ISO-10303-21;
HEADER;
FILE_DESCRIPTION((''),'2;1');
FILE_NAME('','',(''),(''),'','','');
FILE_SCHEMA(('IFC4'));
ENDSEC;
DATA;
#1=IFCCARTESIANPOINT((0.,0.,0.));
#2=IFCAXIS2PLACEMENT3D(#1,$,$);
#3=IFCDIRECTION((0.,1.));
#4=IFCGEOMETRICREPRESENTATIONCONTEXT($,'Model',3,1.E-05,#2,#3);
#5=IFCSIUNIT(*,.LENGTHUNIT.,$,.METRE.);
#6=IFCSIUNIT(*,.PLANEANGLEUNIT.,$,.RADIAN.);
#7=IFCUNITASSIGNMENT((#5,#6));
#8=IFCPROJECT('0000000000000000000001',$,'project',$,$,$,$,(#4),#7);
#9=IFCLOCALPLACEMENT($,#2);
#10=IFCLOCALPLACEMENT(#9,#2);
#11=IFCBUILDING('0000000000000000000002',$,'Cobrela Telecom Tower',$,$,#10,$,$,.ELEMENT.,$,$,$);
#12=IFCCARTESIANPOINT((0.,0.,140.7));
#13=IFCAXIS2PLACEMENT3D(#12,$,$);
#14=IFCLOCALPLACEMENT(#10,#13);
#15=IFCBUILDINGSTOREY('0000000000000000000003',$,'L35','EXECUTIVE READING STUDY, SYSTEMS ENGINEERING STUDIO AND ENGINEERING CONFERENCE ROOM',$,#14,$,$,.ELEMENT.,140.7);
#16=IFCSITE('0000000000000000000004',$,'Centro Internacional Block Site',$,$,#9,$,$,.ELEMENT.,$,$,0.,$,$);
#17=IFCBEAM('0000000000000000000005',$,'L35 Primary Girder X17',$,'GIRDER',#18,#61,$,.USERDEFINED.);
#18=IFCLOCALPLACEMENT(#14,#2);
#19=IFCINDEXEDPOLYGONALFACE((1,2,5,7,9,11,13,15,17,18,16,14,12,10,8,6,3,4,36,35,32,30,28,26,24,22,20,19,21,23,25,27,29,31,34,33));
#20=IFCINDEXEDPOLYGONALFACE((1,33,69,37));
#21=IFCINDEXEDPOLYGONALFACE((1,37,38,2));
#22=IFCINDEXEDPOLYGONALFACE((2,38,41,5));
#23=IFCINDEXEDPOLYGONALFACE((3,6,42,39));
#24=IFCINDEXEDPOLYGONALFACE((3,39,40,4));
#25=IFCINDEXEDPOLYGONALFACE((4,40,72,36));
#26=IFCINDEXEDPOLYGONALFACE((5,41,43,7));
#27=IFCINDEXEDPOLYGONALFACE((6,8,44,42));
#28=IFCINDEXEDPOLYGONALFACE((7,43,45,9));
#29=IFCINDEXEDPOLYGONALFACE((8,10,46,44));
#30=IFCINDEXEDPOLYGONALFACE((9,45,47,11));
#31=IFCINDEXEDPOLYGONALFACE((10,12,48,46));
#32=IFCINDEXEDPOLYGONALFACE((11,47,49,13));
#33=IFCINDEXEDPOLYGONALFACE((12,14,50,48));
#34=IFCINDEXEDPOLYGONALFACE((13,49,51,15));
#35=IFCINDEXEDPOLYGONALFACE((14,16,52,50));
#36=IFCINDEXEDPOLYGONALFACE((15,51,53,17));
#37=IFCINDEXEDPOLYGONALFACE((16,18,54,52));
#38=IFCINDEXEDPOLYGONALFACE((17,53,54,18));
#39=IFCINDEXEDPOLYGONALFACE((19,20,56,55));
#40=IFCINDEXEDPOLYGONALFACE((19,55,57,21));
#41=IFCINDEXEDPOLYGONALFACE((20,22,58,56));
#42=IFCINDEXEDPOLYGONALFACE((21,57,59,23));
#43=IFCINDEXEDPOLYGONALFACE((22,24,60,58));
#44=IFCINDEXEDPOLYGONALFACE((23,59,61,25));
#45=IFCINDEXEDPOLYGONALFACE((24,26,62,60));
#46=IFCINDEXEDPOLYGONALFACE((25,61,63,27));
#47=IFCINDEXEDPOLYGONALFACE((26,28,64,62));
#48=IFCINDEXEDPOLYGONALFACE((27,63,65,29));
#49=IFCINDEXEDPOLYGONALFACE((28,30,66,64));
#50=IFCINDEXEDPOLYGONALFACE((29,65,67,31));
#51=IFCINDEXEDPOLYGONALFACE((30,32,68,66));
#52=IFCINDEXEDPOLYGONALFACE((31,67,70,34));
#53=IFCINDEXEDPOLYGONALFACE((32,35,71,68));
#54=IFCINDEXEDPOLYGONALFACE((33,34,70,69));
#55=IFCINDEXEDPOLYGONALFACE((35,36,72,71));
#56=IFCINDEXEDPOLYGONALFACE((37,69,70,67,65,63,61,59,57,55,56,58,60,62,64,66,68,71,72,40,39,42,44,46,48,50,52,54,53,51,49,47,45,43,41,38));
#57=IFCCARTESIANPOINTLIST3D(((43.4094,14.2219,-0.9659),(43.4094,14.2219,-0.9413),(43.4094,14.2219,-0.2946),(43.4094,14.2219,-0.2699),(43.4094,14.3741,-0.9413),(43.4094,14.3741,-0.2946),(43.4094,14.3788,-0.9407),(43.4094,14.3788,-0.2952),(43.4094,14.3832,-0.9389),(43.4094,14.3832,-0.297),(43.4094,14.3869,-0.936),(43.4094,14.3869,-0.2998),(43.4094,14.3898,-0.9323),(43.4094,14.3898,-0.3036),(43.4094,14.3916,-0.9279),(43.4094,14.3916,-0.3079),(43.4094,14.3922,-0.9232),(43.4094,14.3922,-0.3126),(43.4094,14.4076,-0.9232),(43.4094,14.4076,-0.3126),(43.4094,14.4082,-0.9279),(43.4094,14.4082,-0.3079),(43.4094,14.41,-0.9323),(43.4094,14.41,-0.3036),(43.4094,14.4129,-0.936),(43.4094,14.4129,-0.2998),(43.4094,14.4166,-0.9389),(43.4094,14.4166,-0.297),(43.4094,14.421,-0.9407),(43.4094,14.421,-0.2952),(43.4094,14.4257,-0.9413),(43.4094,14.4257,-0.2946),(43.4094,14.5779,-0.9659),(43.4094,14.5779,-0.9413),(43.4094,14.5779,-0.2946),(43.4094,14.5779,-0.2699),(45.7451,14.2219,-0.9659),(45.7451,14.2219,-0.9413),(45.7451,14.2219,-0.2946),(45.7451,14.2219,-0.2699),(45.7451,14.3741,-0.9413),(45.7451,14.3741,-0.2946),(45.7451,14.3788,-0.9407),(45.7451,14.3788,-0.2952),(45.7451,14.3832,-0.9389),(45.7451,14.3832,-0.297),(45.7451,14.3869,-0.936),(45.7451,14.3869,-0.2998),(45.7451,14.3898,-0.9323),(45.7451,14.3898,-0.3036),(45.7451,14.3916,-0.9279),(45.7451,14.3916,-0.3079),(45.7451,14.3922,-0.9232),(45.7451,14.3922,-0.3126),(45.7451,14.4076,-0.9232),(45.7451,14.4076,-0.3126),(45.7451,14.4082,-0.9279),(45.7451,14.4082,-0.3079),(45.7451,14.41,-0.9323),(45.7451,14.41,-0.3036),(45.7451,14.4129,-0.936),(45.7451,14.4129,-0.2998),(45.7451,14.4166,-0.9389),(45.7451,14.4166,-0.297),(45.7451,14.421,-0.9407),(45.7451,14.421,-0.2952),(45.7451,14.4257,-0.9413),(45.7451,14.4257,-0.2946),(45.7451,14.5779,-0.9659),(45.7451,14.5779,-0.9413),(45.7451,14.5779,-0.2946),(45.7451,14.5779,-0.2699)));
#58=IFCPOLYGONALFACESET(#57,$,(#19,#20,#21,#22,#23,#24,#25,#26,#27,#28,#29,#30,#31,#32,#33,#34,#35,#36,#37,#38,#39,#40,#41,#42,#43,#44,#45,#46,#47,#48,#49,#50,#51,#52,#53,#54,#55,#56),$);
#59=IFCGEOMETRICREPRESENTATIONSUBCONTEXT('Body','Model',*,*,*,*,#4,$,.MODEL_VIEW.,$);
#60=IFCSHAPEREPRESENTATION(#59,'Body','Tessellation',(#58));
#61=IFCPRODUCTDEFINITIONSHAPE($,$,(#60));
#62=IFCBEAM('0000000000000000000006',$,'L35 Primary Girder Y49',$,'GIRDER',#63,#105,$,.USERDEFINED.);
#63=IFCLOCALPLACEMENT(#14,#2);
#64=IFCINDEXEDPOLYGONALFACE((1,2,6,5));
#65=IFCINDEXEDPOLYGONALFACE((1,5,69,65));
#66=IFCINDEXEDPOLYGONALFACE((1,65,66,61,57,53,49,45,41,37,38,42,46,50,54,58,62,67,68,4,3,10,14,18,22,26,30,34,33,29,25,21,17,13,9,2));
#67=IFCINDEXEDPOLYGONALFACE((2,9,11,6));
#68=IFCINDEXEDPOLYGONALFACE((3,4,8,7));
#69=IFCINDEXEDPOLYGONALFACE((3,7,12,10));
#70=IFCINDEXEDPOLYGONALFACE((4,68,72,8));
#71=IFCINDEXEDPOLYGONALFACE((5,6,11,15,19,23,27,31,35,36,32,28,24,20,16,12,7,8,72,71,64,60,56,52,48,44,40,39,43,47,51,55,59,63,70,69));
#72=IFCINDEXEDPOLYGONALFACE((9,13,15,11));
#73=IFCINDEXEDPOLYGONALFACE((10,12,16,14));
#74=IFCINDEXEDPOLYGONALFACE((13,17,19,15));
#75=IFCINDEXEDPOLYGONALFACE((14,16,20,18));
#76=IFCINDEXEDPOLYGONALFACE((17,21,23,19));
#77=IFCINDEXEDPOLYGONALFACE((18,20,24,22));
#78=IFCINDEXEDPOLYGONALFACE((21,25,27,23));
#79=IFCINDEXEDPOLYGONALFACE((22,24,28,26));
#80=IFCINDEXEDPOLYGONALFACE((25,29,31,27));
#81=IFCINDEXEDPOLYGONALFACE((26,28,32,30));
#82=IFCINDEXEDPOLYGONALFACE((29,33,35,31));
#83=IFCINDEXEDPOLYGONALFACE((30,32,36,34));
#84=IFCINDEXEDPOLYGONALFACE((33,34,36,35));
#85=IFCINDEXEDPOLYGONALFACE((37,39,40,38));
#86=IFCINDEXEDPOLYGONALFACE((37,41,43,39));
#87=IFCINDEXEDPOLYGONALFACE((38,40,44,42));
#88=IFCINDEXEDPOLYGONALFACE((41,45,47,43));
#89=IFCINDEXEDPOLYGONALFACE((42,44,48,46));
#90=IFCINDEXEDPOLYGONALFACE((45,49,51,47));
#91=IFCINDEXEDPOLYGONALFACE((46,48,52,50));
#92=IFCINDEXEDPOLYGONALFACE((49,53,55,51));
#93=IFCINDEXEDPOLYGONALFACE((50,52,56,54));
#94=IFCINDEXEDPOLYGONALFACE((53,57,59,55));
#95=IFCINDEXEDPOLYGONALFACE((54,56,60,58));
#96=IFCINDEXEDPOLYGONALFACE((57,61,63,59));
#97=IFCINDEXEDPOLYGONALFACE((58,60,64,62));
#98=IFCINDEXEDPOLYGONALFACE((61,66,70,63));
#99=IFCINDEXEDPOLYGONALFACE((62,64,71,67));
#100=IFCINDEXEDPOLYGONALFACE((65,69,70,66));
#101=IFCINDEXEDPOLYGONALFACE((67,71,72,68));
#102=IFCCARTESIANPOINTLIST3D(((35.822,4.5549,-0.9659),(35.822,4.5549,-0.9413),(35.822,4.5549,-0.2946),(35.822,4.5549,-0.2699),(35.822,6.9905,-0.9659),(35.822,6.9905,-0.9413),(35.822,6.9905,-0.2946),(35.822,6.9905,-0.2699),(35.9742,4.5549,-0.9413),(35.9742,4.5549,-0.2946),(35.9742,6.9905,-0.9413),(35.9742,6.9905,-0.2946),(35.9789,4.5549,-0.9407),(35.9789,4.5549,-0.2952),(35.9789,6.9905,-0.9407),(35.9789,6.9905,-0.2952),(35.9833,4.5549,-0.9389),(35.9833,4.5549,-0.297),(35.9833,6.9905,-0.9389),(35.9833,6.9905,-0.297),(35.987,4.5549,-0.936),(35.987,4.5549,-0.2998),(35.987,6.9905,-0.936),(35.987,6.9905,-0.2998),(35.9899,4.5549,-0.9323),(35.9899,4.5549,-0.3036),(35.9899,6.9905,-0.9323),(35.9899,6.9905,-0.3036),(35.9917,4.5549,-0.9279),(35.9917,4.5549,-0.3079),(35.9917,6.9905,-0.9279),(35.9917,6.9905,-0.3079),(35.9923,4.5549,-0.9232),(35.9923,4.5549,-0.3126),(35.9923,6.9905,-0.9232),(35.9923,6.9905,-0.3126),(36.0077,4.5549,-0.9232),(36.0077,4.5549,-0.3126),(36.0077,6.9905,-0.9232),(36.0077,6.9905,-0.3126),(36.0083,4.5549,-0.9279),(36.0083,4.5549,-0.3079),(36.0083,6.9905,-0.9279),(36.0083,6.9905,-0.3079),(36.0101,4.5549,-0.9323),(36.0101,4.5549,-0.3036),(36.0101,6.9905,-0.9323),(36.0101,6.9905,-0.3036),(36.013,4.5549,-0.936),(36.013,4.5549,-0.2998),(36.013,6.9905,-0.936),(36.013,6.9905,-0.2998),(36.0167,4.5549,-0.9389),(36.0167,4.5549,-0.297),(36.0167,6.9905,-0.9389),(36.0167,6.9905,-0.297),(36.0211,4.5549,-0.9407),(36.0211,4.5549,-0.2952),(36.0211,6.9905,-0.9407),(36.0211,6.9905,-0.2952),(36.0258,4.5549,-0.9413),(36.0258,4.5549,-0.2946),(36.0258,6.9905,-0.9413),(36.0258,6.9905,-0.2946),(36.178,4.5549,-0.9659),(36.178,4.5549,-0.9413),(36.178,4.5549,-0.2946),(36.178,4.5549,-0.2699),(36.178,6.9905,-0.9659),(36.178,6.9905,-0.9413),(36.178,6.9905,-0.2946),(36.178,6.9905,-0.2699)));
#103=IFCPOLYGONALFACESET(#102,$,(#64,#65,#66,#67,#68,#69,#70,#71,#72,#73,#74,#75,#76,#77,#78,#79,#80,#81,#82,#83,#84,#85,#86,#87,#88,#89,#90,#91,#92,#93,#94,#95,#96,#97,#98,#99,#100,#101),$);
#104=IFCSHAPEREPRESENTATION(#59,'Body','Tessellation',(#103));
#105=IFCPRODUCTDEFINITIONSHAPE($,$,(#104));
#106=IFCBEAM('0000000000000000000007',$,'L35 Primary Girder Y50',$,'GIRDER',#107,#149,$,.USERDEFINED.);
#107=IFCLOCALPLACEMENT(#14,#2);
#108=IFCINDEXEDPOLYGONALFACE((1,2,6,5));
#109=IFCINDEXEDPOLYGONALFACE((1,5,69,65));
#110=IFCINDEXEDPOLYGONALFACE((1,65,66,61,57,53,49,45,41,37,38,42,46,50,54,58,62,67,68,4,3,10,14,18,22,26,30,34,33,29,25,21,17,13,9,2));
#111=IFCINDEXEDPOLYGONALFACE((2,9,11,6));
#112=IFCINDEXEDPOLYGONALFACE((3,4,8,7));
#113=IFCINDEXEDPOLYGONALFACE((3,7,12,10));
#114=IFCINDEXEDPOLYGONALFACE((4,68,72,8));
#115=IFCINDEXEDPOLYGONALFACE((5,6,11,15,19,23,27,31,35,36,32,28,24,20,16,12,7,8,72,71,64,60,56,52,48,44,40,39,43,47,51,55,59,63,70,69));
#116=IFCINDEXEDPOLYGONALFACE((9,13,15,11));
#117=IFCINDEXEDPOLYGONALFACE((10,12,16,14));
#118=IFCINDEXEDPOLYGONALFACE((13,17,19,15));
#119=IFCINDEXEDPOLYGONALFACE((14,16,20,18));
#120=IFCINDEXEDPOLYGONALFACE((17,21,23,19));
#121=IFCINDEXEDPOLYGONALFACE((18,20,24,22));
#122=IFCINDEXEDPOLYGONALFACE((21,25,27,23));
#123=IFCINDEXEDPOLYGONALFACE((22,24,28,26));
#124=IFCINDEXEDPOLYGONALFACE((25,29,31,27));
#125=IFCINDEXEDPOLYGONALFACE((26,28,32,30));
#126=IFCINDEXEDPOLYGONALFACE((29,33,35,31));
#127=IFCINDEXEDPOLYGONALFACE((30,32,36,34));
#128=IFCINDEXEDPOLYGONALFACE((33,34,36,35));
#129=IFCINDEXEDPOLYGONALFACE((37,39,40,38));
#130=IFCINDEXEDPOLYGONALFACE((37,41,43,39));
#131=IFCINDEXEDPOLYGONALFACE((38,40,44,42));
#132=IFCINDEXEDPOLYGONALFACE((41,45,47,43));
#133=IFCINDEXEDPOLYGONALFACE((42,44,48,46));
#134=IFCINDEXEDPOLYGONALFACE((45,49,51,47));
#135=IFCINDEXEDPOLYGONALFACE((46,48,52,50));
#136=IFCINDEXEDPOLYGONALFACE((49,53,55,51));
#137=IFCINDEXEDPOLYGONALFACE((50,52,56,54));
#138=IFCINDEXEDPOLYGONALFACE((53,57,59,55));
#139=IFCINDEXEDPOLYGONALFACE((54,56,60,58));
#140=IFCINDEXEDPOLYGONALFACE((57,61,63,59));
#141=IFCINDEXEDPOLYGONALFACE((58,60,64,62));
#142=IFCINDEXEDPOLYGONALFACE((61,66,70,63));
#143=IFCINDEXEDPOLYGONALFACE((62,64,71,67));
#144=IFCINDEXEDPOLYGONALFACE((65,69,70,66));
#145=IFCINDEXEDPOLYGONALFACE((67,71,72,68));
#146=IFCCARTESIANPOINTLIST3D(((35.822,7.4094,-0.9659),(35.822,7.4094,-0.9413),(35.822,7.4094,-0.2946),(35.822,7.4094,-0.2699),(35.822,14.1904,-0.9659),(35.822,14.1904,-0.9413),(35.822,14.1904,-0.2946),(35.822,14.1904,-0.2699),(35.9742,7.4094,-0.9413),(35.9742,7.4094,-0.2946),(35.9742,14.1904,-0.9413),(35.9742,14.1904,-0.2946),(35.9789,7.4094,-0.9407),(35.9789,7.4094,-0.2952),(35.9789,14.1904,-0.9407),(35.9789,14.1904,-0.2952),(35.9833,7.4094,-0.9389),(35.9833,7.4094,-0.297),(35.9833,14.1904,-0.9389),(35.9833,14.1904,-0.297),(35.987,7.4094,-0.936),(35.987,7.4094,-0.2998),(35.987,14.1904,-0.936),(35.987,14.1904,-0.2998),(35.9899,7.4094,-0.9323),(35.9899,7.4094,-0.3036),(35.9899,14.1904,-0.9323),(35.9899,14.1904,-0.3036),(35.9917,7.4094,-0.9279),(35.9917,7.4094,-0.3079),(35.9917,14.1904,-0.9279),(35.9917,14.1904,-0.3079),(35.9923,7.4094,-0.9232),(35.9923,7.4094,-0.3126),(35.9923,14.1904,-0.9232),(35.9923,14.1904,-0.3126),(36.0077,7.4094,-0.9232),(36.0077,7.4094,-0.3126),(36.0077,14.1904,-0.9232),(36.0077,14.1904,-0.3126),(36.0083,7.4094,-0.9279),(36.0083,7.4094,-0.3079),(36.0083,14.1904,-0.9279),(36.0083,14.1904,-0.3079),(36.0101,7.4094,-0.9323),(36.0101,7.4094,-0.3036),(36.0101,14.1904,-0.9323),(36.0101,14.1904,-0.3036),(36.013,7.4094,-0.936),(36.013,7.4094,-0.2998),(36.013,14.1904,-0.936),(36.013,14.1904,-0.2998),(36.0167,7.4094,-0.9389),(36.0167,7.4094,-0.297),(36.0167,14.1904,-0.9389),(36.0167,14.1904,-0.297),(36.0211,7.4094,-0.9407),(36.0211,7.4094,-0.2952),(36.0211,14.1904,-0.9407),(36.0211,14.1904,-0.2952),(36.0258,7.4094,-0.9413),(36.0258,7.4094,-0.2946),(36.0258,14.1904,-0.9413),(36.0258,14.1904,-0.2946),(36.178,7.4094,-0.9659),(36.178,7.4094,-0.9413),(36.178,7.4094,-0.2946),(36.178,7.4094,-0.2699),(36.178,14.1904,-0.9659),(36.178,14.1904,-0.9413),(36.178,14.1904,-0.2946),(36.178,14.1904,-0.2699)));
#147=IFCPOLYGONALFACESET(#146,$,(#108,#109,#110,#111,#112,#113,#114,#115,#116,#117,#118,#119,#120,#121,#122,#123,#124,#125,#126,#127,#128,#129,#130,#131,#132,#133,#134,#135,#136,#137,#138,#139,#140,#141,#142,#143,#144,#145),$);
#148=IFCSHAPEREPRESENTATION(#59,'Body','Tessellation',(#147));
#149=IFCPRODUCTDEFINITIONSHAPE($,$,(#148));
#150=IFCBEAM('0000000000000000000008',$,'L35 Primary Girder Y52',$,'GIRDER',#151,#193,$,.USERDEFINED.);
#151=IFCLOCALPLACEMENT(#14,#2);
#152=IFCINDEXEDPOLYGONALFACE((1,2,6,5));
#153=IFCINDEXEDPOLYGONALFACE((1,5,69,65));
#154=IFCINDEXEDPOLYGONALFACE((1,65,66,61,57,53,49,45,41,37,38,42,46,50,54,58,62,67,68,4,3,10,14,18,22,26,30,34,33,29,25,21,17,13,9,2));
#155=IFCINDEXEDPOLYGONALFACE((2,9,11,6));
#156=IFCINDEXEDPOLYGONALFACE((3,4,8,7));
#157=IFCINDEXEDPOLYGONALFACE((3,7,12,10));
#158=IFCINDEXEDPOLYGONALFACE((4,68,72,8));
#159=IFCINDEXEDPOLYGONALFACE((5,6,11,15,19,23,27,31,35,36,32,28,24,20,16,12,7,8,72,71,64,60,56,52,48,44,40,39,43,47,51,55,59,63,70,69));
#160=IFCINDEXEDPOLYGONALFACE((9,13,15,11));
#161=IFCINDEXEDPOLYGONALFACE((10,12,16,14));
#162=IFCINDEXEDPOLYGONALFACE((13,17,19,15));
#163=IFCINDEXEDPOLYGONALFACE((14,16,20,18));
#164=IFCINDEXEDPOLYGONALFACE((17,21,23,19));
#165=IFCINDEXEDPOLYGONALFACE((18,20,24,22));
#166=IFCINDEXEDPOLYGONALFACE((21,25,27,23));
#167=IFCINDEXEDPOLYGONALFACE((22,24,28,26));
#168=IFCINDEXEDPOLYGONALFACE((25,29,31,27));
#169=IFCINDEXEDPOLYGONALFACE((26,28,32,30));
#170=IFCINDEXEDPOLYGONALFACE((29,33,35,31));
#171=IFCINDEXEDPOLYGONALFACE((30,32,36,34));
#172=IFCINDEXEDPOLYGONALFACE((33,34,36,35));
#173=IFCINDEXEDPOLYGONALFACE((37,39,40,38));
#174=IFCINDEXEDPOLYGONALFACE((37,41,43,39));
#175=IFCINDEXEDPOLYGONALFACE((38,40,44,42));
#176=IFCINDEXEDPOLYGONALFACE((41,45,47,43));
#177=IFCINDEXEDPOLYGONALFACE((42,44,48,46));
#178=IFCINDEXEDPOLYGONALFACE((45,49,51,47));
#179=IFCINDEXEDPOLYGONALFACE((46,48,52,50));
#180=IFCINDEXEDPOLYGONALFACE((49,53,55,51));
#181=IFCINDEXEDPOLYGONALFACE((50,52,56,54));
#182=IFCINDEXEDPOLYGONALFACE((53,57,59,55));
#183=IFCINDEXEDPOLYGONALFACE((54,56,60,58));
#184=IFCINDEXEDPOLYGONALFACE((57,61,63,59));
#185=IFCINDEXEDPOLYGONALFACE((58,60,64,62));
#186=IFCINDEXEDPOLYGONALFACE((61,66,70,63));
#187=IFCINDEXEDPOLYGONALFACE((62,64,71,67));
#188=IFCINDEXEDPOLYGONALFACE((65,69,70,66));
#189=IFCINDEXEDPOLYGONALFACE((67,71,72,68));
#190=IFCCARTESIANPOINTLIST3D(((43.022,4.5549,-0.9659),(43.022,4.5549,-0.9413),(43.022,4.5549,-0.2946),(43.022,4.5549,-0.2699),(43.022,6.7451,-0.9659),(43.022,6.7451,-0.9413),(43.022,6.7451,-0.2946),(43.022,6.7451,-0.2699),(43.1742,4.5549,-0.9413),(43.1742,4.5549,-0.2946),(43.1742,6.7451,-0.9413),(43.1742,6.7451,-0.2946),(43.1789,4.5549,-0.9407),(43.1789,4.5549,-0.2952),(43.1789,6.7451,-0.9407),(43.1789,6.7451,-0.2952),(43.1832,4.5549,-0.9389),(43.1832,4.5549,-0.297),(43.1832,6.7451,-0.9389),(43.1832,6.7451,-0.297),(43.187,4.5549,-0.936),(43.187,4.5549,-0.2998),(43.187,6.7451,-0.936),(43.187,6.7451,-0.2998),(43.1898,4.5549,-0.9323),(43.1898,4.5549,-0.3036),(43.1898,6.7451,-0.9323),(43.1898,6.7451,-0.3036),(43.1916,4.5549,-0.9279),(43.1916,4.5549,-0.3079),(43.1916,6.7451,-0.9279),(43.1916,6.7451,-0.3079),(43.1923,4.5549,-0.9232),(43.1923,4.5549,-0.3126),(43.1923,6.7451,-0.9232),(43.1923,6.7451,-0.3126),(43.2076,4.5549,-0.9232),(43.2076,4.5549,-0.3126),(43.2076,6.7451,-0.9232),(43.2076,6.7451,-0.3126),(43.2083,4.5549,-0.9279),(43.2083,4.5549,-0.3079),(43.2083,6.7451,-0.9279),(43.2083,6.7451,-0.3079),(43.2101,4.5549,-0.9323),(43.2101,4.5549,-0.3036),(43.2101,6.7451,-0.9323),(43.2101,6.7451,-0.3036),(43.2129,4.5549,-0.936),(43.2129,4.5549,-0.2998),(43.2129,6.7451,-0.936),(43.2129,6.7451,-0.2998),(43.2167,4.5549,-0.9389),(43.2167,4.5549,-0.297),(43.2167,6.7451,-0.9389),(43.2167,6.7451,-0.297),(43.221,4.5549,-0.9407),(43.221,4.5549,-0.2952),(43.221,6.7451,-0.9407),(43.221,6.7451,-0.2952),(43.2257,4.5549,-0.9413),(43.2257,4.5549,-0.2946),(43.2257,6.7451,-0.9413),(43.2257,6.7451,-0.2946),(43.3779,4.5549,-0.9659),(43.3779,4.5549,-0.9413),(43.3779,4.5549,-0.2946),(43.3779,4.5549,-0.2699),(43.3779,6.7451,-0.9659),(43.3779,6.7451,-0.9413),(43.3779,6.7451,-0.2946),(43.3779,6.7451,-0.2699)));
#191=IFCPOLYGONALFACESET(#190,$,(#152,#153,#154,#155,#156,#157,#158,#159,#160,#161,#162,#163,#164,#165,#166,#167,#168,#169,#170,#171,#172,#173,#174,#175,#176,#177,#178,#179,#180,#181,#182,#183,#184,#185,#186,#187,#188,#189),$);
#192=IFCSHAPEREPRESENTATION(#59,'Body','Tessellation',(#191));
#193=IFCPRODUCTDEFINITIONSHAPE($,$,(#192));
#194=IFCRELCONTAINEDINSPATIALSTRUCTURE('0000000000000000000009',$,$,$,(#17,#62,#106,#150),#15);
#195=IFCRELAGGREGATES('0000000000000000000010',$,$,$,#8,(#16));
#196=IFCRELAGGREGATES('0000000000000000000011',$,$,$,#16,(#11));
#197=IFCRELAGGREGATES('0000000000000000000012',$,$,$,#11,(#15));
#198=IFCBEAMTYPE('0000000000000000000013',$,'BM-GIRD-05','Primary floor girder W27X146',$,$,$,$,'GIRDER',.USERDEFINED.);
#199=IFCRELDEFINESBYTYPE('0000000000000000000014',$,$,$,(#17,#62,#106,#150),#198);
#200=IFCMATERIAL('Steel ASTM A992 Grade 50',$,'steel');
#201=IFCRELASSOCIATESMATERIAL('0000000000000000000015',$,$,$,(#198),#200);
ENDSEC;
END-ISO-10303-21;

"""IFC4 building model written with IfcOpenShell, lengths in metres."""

from ifc_helpers import new_model, si_unit, direction, frame, origin, origin_2d, place, context, subcontext, project, spatial, i_section, extrude, material, material_profile, profile_set, type_object, element, save


model = new_model("IFC4")

# Units and contexts
model_context = context("Model", 3, precision=1e-05, world=origin(), true_north=direction((0.0, 1.0)))
body_context = subcontext(model_context, "Body", "Model", "MODEL_VIEW")
ifc_project = project(units=[si_unit("LENGTHUNIT", "METRE"), si_unit("PLANEANGLEUNIT", "RADIAN")], contexts=[model_context])

# Site, building, storey
site_placement = place(None, origin())
site = spatial("IfcSite", under=ifc_project, at=site_placement, Name="Centro Internacional Block Site", CompositionType="ELEMENT", RefElevation=0.0)
building_placement = place(site_placement, origin())
building = spatial("IfcBuilding", under=site, at=building_placement, Name="Cobrela Telecom Tower", CompositionType="ELEMENT")
storey_placement = place(building_placement, frame((0.0, 0.0, 140.7)))
storey = spatial("IfcBuildingStorey", under=building, at=storey_placement, Name="L35", Description="EXECUTIVE READING STUDY, SYSTEMS ENGINEERING STUDIO AND ENGINEERING CONFERENCE ROOM", CompositionType="ELEMENT", Elevation=140.7)

# Shared definitions
ifc_material_1 = material(Name="Steel ASTM A992 Grade 50", Category="steel")

# Beams
ifc_material_profile_1 = material_profile(ifc_material_1, i_section(OverallWidth=0.356, OverallDepth=0.696, WebThickness=0.0154, FlangeThickness=0.0247, FilletRadius=0.0181, at=origin_2d()), Name="W27X146")
ifc_profile_set_1 = profile_set([ifc_material_profile_1], Name="Steel ASTM A992 Grade 50")
beam_type_1 = type_object("IfcBeamType", Name="BM-GIRD-05", Description="Primary floor girder W27X146", ElementType="GIRDER", PredefinedType="USERDEFINED", material=ifc_profile_set_1)
beam_1_placement = place(storey_placement, frame((43.4094, 14.3999, -0.6179), z_axis=(1.0, 0.0, 0.0), x_axis=(0.0, 1.0, 0.0)))
element("IfcBeam", 1, at=beam_1_placement, inside=storey, type_object=beam_type_1, Name="L35 Primary Girder X17", ObjectType="GIRDER", PredefinedType="USERDEFINED", context=body_context, shape_type="SweptSolid", body=[
    extrude(i_section(OverallWidth=0.356, OverallDepth=0.696, WebThickness=0.0154, FlangeThickness=0.0247, FilletRadius=0.0181, at=origin_2d()), origin(), (0.0, 0.0, 1.0), 2.3357),
])
beam_2_placement = place(storey_placement, frame((36.0, 4.5549, -0.6179), z_axis=(0.0, 1.0, 0.0), x_axis=(-1.0, 0.0, 0.0)))
element("IfcBeam", 2, at=beam_2_placement, inside=storey, type_object=beam_type_1, Name="L35 Primary Girder Y49", ObjectType="GIRDER", PredefinedType="USERDEFINED", context=body_context, shape_type="SweptSolid", body=[
    extrude(i_section(OverallWidth=0.356, OverallDepth=0.696, WebThickness=0.0154, FlangeThickness=0.0247, FilletRadius=0.0181, at=origin_2d()), origin(), (0.0, 0.0, 1.0), 2.4355),
])
beam_3_placement = place(storey_placement, frame((36.0, 7.4094, -0.6179), z_axis=(0.0, 1.0, 0.0), x_axis=(-1.0, 0.0, 0.0)))
element("IfcBeam", 3, at=beam_3_placement, inside=storey, type_object=beam_type_1, Name="L35 Primary Girder Y50", ObjectType="GIRDER", PredefinedType="USERDEFINED", context=body_context, shape_type="SweptSolid", body=[
    extrude(i_section(OverallWidth=0.356, OverallDepth=0.696, WebThickness=0.0154, FlangeThickness=0.0247, FilletRadius=0.0181, at=origin_2d()), origin(), (0.0, 0.0, 1.0), 6.781),
])
beam_4_placement = place(storey_placement, frame((43.2, 4.5549, -0.6179), z_axis=(0.0, 1.0, 0.0), x_axis=(-1.0, 0.0, 0.0)))
element("IfcBeam", 4, at=beam_4_placement, inside=storey, type_object=beam_type_1, Name="L35 Primary Girder Y52", ObjectType="GIRDER", PredefinedType="USERDEFINED", context=body_context, shape_type="SweptSolid", body=[
    extrude(i_section(OverallWidth=0.356, OverallDepth=0.696, WebThickness=0.0154, FlangeThickness=0.0247, FilletRadius=0.0181, at=origin_2d()), origin(), (0.0, 0.0, 1.0), 2.1902),
])

save(model, "model.ifc")
